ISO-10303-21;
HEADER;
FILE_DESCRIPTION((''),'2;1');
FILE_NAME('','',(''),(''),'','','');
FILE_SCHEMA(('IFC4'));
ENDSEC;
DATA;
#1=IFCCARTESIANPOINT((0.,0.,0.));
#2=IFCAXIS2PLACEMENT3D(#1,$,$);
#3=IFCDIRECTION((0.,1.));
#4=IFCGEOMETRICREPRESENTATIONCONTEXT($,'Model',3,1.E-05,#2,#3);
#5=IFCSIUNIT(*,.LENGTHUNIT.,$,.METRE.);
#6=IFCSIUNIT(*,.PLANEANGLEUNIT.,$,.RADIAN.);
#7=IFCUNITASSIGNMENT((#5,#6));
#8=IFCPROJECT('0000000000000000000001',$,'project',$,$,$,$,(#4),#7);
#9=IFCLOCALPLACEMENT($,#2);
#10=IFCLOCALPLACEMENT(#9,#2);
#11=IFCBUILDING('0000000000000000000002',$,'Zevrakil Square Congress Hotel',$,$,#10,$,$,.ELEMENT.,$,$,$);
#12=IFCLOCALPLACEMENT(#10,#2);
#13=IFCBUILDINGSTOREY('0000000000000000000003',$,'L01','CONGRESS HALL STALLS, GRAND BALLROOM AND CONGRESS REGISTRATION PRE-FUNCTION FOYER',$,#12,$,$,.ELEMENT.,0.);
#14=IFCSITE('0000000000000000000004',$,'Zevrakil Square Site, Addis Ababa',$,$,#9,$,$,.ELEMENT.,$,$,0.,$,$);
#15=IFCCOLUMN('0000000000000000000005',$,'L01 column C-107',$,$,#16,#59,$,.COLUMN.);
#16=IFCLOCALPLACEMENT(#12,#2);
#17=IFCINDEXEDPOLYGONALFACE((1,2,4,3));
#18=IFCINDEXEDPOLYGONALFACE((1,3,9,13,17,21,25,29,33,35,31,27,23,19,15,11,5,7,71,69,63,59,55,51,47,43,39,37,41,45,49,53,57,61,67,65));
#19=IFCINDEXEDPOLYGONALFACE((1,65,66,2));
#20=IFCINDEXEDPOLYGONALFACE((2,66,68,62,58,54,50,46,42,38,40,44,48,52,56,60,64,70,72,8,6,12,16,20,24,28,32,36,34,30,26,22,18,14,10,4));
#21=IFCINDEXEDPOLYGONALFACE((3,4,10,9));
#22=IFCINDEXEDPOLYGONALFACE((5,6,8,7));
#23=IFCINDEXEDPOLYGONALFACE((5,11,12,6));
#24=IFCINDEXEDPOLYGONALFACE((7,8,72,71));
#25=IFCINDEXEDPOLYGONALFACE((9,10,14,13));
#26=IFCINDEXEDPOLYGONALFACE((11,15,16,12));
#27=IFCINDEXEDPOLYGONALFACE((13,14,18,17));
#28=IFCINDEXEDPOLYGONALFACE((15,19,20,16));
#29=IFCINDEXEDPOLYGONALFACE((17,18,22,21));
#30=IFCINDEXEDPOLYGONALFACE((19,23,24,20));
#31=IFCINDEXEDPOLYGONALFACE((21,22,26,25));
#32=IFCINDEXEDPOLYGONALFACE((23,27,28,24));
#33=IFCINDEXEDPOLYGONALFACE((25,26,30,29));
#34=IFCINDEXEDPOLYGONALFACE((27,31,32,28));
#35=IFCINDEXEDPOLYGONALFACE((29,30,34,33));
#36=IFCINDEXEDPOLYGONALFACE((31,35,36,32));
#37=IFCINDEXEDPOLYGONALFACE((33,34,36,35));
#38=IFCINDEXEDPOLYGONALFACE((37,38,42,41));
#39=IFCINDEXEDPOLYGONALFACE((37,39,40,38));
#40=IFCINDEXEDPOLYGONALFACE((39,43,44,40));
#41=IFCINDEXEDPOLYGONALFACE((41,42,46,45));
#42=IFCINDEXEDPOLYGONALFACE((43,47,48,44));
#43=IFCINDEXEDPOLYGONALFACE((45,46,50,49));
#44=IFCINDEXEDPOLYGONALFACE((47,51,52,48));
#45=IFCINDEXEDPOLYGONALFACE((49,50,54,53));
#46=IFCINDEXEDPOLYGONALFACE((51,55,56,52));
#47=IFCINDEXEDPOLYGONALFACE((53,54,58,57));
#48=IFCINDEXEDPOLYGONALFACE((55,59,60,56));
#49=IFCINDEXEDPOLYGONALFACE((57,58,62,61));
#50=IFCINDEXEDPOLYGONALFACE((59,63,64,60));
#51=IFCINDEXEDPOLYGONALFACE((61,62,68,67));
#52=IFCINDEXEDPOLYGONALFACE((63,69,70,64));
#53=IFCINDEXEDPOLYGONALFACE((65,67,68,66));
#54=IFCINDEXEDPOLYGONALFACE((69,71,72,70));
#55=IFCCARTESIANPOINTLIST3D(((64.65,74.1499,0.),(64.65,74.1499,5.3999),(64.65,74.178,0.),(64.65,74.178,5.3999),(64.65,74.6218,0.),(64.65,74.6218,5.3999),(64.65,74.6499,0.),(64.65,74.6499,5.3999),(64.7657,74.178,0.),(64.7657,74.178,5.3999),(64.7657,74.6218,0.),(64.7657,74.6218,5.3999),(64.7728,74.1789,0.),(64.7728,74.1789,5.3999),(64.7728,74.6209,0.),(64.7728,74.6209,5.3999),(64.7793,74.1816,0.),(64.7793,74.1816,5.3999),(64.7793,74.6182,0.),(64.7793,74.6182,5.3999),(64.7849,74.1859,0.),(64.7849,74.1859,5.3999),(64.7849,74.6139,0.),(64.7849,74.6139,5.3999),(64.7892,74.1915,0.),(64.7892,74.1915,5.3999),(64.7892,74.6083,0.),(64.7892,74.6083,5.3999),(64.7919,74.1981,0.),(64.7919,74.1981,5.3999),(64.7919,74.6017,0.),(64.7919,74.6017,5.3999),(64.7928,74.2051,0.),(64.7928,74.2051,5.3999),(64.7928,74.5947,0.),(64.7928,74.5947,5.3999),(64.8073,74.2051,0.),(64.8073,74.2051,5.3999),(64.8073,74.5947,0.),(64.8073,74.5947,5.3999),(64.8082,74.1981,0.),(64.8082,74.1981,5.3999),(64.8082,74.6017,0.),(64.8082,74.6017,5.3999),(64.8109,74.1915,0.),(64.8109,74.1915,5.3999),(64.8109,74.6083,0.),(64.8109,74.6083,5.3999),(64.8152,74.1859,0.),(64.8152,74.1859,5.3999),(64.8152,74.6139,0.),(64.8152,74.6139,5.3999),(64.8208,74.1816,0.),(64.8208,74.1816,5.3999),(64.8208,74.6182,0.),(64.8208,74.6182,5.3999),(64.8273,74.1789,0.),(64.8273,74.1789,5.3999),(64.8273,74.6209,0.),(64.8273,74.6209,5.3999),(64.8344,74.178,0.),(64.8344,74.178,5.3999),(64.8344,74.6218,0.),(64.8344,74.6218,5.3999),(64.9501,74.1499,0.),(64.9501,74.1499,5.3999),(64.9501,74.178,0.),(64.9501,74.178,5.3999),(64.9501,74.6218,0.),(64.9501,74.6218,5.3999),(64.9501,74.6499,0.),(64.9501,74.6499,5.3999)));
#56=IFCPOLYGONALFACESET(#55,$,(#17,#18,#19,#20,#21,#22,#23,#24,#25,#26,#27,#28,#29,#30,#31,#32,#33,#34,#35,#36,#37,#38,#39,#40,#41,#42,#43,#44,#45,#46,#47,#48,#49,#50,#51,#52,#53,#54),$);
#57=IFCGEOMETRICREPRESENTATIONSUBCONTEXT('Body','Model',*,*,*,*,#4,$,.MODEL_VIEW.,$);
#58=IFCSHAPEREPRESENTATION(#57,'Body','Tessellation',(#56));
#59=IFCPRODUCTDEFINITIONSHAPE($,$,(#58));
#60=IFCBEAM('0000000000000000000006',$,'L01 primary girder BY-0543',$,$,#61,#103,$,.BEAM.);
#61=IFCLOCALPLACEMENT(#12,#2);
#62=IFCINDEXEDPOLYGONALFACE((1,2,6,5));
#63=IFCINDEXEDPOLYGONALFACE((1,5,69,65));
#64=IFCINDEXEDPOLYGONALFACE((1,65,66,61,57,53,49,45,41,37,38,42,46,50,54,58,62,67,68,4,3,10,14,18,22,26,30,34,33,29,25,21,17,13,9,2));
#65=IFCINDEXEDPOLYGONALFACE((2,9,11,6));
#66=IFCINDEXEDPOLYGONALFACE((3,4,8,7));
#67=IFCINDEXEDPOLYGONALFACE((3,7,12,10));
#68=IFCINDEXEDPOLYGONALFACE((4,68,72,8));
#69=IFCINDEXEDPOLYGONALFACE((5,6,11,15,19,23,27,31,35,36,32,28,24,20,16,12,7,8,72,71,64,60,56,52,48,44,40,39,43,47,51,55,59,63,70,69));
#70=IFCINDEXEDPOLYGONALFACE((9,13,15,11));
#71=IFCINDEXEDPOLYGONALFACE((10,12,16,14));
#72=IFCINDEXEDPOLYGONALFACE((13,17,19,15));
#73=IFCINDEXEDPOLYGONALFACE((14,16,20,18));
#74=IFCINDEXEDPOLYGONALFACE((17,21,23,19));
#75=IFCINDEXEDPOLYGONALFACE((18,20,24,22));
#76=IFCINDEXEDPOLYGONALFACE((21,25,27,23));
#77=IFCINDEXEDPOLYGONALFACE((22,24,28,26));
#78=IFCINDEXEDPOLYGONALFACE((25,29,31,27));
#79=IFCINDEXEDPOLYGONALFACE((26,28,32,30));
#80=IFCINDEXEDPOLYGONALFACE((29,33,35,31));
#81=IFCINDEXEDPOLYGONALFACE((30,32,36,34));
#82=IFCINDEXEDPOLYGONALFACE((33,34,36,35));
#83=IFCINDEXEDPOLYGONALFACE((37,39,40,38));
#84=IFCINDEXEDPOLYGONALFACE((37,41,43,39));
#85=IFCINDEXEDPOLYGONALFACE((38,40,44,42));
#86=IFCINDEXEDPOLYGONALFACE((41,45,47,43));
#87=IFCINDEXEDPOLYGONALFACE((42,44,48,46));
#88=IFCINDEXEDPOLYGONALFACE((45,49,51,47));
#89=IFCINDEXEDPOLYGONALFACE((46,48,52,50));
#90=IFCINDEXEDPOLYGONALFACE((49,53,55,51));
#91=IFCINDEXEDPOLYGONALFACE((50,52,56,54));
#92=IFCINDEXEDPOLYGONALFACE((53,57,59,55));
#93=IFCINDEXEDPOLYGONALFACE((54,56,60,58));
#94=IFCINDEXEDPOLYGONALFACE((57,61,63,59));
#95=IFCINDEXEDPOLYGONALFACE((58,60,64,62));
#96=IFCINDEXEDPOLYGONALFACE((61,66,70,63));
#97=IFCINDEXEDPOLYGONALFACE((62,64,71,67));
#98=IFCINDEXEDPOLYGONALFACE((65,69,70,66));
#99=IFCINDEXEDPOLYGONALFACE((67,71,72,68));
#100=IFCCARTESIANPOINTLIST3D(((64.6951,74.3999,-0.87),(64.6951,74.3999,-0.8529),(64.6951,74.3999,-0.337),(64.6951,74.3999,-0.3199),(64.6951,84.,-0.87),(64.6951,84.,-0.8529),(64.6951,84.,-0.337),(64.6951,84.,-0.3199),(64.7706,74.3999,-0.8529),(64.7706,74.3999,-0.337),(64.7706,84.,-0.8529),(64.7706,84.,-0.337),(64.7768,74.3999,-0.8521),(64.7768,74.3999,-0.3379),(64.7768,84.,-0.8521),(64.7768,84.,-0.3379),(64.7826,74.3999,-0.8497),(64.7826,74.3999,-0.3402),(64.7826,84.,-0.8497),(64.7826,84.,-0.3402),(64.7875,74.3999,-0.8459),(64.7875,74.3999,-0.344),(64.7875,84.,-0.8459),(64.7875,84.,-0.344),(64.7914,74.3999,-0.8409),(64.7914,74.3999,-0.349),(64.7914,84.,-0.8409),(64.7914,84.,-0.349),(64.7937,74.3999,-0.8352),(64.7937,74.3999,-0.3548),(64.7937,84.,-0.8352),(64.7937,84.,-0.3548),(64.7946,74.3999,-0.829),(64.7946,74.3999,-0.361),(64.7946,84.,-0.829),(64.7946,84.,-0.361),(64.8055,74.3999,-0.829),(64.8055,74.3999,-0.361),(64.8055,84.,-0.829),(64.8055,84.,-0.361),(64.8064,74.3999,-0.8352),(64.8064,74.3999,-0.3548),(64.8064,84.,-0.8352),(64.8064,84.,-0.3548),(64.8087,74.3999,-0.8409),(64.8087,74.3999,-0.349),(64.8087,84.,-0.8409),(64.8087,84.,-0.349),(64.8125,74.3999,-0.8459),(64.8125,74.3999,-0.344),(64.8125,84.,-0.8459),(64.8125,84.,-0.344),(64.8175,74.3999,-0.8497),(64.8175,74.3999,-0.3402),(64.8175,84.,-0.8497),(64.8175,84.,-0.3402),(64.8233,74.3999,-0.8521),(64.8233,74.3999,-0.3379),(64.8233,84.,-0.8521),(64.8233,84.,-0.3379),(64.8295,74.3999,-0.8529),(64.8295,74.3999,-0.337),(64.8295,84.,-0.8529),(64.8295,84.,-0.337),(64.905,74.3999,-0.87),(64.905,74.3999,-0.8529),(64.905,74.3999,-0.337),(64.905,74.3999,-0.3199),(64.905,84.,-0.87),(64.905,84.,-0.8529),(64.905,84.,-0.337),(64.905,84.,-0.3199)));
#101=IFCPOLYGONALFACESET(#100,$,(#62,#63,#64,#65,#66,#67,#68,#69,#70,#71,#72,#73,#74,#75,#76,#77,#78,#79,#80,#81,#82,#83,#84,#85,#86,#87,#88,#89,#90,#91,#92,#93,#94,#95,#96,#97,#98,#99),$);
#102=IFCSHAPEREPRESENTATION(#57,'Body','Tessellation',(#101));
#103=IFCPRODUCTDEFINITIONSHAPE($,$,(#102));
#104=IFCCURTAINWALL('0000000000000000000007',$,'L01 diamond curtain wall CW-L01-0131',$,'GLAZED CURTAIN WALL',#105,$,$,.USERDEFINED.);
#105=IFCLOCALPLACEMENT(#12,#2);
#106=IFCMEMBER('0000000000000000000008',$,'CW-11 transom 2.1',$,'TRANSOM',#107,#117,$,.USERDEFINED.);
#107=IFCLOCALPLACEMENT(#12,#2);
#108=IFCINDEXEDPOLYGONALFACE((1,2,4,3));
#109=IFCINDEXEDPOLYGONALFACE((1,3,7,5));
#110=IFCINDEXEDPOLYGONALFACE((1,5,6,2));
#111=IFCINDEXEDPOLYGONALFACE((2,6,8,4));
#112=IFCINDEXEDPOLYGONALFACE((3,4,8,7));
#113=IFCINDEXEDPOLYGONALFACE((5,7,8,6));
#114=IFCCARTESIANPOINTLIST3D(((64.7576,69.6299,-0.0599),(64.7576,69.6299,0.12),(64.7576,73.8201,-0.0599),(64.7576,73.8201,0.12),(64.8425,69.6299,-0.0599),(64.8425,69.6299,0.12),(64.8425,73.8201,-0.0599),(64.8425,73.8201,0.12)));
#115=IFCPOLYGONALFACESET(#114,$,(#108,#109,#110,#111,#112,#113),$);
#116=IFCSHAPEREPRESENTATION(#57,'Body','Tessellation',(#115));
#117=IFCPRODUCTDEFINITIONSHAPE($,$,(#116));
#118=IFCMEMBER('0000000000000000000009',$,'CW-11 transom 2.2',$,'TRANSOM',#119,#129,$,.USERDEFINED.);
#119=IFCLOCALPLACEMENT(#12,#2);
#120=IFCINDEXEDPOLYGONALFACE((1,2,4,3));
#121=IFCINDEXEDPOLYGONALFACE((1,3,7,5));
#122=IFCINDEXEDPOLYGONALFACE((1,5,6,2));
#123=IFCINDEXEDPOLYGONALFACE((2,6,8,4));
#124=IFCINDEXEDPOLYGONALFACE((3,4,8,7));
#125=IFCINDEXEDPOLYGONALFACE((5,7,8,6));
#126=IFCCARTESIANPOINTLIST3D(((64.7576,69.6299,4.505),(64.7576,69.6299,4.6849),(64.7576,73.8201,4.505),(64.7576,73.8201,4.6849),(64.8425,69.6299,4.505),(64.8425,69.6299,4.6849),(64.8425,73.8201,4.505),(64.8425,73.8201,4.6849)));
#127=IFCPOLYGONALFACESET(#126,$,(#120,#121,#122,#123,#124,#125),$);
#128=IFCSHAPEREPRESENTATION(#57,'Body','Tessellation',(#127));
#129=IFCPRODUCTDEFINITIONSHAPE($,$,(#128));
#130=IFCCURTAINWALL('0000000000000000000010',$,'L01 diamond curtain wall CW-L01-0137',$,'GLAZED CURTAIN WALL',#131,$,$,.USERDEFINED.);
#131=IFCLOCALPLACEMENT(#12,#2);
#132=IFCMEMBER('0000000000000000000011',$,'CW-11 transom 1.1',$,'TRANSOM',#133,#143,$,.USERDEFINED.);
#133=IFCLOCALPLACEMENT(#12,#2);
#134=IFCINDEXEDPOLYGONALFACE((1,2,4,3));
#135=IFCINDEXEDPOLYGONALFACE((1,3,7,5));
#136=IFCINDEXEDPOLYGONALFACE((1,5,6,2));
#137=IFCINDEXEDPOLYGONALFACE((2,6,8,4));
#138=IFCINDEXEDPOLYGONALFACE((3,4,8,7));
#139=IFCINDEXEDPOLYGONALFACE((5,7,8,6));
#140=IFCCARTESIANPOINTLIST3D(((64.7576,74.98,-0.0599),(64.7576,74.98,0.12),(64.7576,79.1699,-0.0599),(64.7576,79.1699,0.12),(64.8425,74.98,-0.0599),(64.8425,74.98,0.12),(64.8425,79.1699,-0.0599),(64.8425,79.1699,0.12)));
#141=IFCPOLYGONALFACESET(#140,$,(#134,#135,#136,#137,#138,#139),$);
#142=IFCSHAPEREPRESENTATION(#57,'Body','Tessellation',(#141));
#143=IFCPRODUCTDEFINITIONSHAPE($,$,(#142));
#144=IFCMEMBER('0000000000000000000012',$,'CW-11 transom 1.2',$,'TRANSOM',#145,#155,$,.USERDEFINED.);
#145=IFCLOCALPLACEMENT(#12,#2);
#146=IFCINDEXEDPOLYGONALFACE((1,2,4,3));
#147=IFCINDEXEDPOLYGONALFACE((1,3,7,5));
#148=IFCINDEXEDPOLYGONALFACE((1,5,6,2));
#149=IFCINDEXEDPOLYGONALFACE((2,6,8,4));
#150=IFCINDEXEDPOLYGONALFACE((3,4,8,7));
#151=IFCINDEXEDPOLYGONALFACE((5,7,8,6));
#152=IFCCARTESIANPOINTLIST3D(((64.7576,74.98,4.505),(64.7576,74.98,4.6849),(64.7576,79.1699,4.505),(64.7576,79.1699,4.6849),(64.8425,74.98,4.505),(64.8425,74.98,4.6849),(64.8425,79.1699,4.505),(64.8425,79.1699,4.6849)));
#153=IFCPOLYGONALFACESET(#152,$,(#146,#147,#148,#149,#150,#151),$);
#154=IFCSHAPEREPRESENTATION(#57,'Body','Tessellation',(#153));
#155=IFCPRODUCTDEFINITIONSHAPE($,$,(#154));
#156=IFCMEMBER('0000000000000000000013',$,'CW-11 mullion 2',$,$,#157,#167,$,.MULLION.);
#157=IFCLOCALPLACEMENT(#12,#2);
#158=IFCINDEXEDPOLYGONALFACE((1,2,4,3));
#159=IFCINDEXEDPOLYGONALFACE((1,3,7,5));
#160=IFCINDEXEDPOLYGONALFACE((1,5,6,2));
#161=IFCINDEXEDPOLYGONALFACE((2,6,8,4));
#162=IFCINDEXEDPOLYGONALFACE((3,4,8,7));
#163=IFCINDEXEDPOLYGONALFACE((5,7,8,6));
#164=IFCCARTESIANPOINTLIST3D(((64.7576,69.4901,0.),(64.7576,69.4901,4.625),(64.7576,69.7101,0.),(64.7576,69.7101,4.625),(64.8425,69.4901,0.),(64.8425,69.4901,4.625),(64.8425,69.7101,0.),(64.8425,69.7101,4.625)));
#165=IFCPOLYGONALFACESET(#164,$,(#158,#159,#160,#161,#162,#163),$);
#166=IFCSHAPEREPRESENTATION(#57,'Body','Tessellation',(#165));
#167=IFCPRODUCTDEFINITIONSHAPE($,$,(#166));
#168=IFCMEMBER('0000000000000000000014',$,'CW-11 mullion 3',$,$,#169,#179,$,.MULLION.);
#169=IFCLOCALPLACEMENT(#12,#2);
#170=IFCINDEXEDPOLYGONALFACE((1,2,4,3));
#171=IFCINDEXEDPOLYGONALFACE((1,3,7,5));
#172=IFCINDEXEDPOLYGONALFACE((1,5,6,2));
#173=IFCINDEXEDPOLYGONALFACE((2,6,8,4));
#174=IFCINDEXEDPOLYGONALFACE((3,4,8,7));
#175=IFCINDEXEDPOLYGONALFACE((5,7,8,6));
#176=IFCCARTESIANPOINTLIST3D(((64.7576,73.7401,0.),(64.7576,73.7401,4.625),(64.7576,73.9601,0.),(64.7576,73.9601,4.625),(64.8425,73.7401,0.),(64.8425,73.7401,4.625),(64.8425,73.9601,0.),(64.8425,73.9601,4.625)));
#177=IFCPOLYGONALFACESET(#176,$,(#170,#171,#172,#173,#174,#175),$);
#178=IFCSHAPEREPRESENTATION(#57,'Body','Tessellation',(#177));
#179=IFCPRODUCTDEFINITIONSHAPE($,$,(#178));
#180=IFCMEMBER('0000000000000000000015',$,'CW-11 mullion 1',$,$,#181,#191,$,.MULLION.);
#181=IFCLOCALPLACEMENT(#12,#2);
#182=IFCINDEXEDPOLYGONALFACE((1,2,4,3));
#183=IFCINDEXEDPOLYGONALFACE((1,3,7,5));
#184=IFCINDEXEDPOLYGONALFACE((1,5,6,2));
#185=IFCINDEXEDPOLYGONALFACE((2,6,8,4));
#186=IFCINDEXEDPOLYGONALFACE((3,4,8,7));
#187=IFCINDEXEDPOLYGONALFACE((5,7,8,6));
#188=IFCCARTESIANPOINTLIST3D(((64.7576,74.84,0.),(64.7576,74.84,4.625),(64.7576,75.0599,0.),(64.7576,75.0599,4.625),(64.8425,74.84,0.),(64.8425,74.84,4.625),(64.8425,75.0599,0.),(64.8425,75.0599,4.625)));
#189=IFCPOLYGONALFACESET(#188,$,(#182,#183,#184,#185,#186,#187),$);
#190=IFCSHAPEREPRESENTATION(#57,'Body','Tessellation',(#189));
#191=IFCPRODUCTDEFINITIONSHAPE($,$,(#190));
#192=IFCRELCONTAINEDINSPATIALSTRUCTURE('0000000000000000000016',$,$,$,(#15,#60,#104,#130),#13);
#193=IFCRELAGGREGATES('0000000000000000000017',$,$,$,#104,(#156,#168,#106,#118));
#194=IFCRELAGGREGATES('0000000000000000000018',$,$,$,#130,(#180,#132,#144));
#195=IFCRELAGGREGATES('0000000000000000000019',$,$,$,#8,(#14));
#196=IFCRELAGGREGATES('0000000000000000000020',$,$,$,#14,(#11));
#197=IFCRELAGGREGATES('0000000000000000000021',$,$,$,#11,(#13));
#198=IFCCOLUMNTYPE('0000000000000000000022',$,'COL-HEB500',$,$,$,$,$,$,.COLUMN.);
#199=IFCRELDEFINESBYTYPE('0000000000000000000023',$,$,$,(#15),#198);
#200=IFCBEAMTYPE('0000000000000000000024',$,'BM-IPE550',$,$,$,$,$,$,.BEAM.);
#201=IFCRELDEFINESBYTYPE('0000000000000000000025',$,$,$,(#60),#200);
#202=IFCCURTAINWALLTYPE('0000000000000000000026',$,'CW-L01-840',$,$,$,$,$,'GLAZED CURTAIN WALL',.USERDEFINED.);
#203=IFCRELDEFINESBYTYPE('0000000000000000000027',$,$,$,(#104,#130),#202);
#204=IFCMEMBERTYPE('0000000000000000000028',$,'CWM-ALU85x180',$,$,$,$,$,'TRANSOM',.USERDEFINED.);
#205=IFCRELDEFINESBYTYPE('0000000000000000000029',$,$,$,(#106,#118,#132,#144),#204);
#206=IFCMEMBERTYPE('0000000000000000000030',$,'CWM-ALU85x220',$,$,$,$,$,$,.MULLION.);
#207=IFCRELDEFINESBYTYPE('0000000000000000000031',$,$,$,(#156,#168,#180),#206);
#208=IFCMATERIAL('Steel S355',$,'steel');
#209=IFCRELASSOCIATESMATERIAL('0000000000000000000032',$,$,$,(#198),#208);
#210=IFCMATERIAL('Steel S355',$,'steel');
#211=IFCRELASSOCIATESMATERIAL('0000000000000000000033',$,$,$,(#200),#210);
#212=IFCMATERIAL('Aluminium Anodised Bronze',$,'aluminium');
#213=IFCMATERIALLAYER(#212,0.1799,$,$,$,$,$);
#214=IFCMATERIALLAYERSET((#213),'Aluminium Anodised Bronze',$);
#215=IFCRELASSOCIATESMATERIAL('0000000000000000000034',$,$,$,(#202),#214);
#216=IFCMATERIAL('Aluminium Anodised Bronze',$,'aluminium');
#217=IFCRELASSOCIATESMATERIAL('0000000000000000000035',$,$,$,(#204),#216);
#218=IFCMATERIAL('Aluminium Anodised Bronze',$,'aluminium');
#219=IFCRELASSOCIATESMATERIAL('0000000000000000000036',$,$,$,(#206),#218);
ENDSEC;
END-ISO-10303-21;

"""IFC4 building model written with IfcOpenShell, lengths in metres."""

from ifc_helpers import new_model, si_unit, direction, frame, origin, origin_2d, place, context, subcontext, project, spatial, rectangle, i_section, extrude, material, layer, layer_set, material_profile, profile_set, type_object, element, aggregate, save


model = new_model("IFC4")

# Units and contexts
model_context = context("Model", 3, precision=1e-05, world=origin(), true_north=direction((0.0, 1.0)))
body_context = subcontext(model_context, "Body", "Model", "MODEL_VIEW")
ifc_project = project(units=[si_unit("LENGTHUNIT", "METRE"), si_unit("PLANEANGLEUNIT", "RADIAN")], contexts=[model_context])

# Site, building, storey
site_placement = place(None, origin())
site = spatial("IfcSite", under=ifc_project, at=site_placement, Name="Zevrakil Square Site, Addis Ababa", CompositionType="ELEMENT", RefElevation=0.0)
building_placement = place(site_placement, origin())
building = spatial("IfcBuilding", under=site, at=building_placement, Name="Zevrakil Square Congress Hotel", CompositionType="ELEMENT")
storey_placement = place(building_placement, origin())
storey = spatial("IfcBuildingStorey", under=building, at=storey_placement, Name="L01", Description="CONGRESS HALL STALLS, GRAND BALLROOM AND CONGRESS REGISTRATION PRE-FUNCTION FOYER", CompositionType="ELEMENT", Elevation=0.0)

# Column
ifc_material_1 = material(Name="Steel S355", Category="steel")
ifc_material_profile_1 = material_profile(ifc_material_1, i_section(OverallWidth=0.3, OverallDepth=0.5, WebThickness=0.0144, FlangeThickness=0.0281, FilletRadius=0.0271, at=origin_2d()), Name="HEB 500")
ifc_profile_set_1 = profile_set([ifc_material_profile_1], Name="Steel S355")
column_type = type_object("IfcColumnType", Name="COL-HEB500", PredefinedType="COLUMN", material=ifc_profile_set_1)
column_placement = place(storey_placement, frame((64.8, 74.3999, 0.0), z_axis=(0.0, 0.0, 1.0), x_axis=(1.0, 0.0, 0.0)))
element("IfcColumn", 1, at=column_placement, inside=storey, type_object=column_type, Name="L01 column C-107", PredefinedType="COLUMN", context=body_context, shape_type="SweptSolid", body=[
    extrude(i_section(OverallWidth=0.3, OverallDepth=0.5, WebThickness=0.0144, FlangeThickness=0.0281, FilletRadius=0.0271, at=origin_2d()), origin(), (0.0, 0.0, 1.0), 5.3999),
])

# Beam
ifc_material_2 = material(Name="Steel S355", Category="steel")
ifc_material_profile_2 = material_profile(ifc_material_2, i_section(OverallWidth=0.21, OverallDepth=0.55, WebThickness=0.011, FlangeThickness=0.0171, FilletRadius=0.0239, at=origin_2d()), Name="IPE 550")
ifc_profile_set_2 = profile_set([ifc_material_profile_2], Name="Steel S355")
beam_type = type_object("IfcBeamType", Name="BM-IPE550", PredefinedType="BEAM", material=ifc_profile_set_2)
beam_placement = place(storey_placement, frame((64.8, 74.3999, -0.595), z_axis=(0.0, 1.0, 0.0), x_axis=(-1.0, 0.0, 0.0)))
element("IfcBeam", 2, at=beam_placement, inside=storey, type_object=beam_type, Name="L01 primary girder BY-0543", PredefinedType="BEAM", context=body_context, shape_type="SweptSolid", body=[
    extrude(i_section(OverallWidth=0.21, OverallDepth=0.55, WebThickness=0.011, FlangeThickness=0.0171, FilletRadius=0.0239, at=origin_2d()), origin(), (0.0, 0.0, 1.0), 9.6001),
])

# Curtain walls, members
ifc_material_3 = material(Name="Aluminium Anodised Bronze", Category="aluminium")
ifc_layer_1 = layer(ifc_material_3, 0.1799)
ifc_layer_set_1 = layer_set([ifc_layer_1], Name="Aluminium Anodised Bronze")
curtain_wall_type = type_object("IfcCurtainWallType", Name="CW-L01-840", ElementType="GLAZED CURTAIN WALL", PredefinedType="USERDEFINED", material=ifc_layer_set_1)
curtain_wall_1_placement = place(storey_placement, origin())
curtain_wall_1 = element("IfcCurtainWall", 3, at=curtain_wall_1_placement, inside=storey, type_object=curtain_wall_type, Name="L01 diamond curtain wall CW-L01-0131", ObjectType="GLAZED CURTAIN WALL", PredefinedType="USERDEFINED")
ifc_material_4 = material(Name="Aluminium Anodised Bronze", Category="aluminium")
ifc_material_profile_3 = material_profile(ifc_material_4, rectangle(XDim=0.085, YDim=0.1799, at=origin_2d()), Name="ALU 85x180")
ifc_profile_set_3 = profile_set([ifc_material_profile_3], Name="Aluminium Anodised Bronze")
member_type_1 = type_object("IfcMemberType", Name="CWM-ALU85x180", ElementType="TRANSOM", PredefinedType="USERDEFINED", material=ifc_profile_set_3)
member_1_placement = place(storey_placement, frame((64.8, 69.6299, 0.03), z_axis=(0.0, 1.0, 0.0), x_axis=(-1.0, 0.0, 0.0)))
member_1 = element("IfcMember", 4, at=member_1_placement, type_object=member_type_1, Name="CW-11 transom 2.1", ObjectType="TRANSOM", PredefinedType="USERDEFINED", context=body_context, shape_type="SweptSolid", body=[
    extrude(rectangle(XDim=0.085, YDim=0.1799, at=origin_2d()), origin(), (0.0, 0.0, 1.0), 4.1902),
])
member_2_placement = place(storey_placement, frame((64.8, 69.6299, 4.595), z_axis=(0.0, 1.0, 0.0), x_axis=(-1.0, 0.0, 0.0)))
member_2 = element("IfcMember", 5, at=member_2_placement, type_object=member_type_1, Name="CW-11 transom 2.2", ObjectType="TRANSOM", PredefinedType="USERDEFINED", context=body_context, shape_type="SweptSolid", body=[
    extrude(rectangle(XDim=0.085, YDim=0.1799, at=origin_2d()), origin(), (0.0, 0.0, 1.0), 4.1902),
])
curtain_wall_2_placement = place(storey_placement, origin())
curtain_wall_2 = element("IfcCurtainWall", 6, at=curtain_wall_2_placement, inside=storey, type_object=curtain_wall_type, Name="L01 diamond curtain wall CW-L01-0137", ObjectType="GLAZED CURTAIN WALL", PredefinedType="USERDEFINED")
member_3_placement = place(storey_placement, frame((64.8, 74.98, 0.03), z_axis=(0.0, 1.0, 0.0), x_axis=(-1.0, 0.0, 0.0)))
member_3 = element("IfcMember", 7, at=member_3_placement, type_object=member_type_1, Name="CW-11 transom 1.1", ObjectType="TRANSOM", PredefinedType="USERDEFINED", context=body_context, shape_type="SweptSolid", body=[
    extrude(rectangle(XDim=0.085, YDim=0.1799, at=origin_2d()), origin(), (0.0, 0.0, 1.0), 4.1899),
])
member_4_placement = place(storey_placement, frame((64.8, 74.98, 4.595), z_axis=(0.0, 1.0, 0.0), x_axis=(-1.0, 0.0, 0.0)))
member_4 = element("IfcMember", 8, at=member_4_placement, type_object=member_type_1, Name="CW-11 transom 1.2", ObjectType="TRANSOM", PredefinedType="USERDEFINED", context=body_context, shape_type="SweptSolid", body=[
    extrude(rectangle(XDim=0.085, YDim=0.1799, at=origin_2d()), origin(), (0.0, 0.0, 1.0), 4.1899),
])

# Members
ifc_material_5 = material(Name="Aluminium Anodised Bronze", Category="aluminium")
ifc_material_profile_4 = material_profile(ifc_material_5, rectangle(XDim=0.085, YDim=0.22, at=origin_2d()), Name="ALU 85x220")
ifc_profile_set_4 = profile_set([ifc_material_profile_4], Name="Aluminium Anodised Bronze")
member_type_2 = type_object("IfcMemberType", Name="CWM-ALU85x220", PredefinedType="MULLION", material=ifc_profile_set_4)
member_5_placement = place(storey_placement, frame((64.8, 69.6001, 0.0), z_axis=(0.0, 0.0, 1.0), x_axis=(-1.0, 0.0, 0.0)))
member_5 = element("IfcMember", 9, at=member_5_placement, type_object=member_type_2, Name="CW-11 mullion 2", PredefinedType="MULLION", context=body_context, shape_type="SweptSolid", body=[
    extrude(rectangle(XDim=0.085, YDim=0.22, at=origin_2d()), origin(), (0.0, 0.0, 1.0), 4.625),
])
member_6_placement = place(storey_placement, frame((64.8, 73.8501, 0.0), z_axis=(0.0, 0.0, 1.0), x_axis=(-1.0, 0.0, 0.0)))
member_6 = element("IfcMember", 10, at=member_6_placement, type_object=member_type_2, Name="CW-11 mullion 3", PredefinedType="MULLION", context=body_context, shape_type="SweptSolid", body=[
    extrude(rectangle(XDim=0.085, YDim=0.22, at=origin_2d()), origin(), (0.0, 0.0, 1.0), 4.625),
])
member_7_placement = place(storey_placement, frame((64.8, 74.95, 0.0), z_axis=(0.0, 0.0, 1.0), x_axis=(-1.0, 0.0, 0.0)))
member_7 = element("IfcMember", 11, at=member_7_placement, type_object=member_type_2, Name="CW-11 mullion 1", PredefinedType="MULLION", context=body_context, shape_type="SweptSolid", body=[
    extrude(rectangle(XDim=0.085, YDim=0.22, at=origin_2d()), origin(), (0.0, 0.0, 1.0), 4.625),
])

aggregate(curtain_wall_1, [member_5, member_6, member_1, member_2])
aggregate(curtain_wall_2, [member_7, member_3, member_4])

save(model, "model.ifc")
